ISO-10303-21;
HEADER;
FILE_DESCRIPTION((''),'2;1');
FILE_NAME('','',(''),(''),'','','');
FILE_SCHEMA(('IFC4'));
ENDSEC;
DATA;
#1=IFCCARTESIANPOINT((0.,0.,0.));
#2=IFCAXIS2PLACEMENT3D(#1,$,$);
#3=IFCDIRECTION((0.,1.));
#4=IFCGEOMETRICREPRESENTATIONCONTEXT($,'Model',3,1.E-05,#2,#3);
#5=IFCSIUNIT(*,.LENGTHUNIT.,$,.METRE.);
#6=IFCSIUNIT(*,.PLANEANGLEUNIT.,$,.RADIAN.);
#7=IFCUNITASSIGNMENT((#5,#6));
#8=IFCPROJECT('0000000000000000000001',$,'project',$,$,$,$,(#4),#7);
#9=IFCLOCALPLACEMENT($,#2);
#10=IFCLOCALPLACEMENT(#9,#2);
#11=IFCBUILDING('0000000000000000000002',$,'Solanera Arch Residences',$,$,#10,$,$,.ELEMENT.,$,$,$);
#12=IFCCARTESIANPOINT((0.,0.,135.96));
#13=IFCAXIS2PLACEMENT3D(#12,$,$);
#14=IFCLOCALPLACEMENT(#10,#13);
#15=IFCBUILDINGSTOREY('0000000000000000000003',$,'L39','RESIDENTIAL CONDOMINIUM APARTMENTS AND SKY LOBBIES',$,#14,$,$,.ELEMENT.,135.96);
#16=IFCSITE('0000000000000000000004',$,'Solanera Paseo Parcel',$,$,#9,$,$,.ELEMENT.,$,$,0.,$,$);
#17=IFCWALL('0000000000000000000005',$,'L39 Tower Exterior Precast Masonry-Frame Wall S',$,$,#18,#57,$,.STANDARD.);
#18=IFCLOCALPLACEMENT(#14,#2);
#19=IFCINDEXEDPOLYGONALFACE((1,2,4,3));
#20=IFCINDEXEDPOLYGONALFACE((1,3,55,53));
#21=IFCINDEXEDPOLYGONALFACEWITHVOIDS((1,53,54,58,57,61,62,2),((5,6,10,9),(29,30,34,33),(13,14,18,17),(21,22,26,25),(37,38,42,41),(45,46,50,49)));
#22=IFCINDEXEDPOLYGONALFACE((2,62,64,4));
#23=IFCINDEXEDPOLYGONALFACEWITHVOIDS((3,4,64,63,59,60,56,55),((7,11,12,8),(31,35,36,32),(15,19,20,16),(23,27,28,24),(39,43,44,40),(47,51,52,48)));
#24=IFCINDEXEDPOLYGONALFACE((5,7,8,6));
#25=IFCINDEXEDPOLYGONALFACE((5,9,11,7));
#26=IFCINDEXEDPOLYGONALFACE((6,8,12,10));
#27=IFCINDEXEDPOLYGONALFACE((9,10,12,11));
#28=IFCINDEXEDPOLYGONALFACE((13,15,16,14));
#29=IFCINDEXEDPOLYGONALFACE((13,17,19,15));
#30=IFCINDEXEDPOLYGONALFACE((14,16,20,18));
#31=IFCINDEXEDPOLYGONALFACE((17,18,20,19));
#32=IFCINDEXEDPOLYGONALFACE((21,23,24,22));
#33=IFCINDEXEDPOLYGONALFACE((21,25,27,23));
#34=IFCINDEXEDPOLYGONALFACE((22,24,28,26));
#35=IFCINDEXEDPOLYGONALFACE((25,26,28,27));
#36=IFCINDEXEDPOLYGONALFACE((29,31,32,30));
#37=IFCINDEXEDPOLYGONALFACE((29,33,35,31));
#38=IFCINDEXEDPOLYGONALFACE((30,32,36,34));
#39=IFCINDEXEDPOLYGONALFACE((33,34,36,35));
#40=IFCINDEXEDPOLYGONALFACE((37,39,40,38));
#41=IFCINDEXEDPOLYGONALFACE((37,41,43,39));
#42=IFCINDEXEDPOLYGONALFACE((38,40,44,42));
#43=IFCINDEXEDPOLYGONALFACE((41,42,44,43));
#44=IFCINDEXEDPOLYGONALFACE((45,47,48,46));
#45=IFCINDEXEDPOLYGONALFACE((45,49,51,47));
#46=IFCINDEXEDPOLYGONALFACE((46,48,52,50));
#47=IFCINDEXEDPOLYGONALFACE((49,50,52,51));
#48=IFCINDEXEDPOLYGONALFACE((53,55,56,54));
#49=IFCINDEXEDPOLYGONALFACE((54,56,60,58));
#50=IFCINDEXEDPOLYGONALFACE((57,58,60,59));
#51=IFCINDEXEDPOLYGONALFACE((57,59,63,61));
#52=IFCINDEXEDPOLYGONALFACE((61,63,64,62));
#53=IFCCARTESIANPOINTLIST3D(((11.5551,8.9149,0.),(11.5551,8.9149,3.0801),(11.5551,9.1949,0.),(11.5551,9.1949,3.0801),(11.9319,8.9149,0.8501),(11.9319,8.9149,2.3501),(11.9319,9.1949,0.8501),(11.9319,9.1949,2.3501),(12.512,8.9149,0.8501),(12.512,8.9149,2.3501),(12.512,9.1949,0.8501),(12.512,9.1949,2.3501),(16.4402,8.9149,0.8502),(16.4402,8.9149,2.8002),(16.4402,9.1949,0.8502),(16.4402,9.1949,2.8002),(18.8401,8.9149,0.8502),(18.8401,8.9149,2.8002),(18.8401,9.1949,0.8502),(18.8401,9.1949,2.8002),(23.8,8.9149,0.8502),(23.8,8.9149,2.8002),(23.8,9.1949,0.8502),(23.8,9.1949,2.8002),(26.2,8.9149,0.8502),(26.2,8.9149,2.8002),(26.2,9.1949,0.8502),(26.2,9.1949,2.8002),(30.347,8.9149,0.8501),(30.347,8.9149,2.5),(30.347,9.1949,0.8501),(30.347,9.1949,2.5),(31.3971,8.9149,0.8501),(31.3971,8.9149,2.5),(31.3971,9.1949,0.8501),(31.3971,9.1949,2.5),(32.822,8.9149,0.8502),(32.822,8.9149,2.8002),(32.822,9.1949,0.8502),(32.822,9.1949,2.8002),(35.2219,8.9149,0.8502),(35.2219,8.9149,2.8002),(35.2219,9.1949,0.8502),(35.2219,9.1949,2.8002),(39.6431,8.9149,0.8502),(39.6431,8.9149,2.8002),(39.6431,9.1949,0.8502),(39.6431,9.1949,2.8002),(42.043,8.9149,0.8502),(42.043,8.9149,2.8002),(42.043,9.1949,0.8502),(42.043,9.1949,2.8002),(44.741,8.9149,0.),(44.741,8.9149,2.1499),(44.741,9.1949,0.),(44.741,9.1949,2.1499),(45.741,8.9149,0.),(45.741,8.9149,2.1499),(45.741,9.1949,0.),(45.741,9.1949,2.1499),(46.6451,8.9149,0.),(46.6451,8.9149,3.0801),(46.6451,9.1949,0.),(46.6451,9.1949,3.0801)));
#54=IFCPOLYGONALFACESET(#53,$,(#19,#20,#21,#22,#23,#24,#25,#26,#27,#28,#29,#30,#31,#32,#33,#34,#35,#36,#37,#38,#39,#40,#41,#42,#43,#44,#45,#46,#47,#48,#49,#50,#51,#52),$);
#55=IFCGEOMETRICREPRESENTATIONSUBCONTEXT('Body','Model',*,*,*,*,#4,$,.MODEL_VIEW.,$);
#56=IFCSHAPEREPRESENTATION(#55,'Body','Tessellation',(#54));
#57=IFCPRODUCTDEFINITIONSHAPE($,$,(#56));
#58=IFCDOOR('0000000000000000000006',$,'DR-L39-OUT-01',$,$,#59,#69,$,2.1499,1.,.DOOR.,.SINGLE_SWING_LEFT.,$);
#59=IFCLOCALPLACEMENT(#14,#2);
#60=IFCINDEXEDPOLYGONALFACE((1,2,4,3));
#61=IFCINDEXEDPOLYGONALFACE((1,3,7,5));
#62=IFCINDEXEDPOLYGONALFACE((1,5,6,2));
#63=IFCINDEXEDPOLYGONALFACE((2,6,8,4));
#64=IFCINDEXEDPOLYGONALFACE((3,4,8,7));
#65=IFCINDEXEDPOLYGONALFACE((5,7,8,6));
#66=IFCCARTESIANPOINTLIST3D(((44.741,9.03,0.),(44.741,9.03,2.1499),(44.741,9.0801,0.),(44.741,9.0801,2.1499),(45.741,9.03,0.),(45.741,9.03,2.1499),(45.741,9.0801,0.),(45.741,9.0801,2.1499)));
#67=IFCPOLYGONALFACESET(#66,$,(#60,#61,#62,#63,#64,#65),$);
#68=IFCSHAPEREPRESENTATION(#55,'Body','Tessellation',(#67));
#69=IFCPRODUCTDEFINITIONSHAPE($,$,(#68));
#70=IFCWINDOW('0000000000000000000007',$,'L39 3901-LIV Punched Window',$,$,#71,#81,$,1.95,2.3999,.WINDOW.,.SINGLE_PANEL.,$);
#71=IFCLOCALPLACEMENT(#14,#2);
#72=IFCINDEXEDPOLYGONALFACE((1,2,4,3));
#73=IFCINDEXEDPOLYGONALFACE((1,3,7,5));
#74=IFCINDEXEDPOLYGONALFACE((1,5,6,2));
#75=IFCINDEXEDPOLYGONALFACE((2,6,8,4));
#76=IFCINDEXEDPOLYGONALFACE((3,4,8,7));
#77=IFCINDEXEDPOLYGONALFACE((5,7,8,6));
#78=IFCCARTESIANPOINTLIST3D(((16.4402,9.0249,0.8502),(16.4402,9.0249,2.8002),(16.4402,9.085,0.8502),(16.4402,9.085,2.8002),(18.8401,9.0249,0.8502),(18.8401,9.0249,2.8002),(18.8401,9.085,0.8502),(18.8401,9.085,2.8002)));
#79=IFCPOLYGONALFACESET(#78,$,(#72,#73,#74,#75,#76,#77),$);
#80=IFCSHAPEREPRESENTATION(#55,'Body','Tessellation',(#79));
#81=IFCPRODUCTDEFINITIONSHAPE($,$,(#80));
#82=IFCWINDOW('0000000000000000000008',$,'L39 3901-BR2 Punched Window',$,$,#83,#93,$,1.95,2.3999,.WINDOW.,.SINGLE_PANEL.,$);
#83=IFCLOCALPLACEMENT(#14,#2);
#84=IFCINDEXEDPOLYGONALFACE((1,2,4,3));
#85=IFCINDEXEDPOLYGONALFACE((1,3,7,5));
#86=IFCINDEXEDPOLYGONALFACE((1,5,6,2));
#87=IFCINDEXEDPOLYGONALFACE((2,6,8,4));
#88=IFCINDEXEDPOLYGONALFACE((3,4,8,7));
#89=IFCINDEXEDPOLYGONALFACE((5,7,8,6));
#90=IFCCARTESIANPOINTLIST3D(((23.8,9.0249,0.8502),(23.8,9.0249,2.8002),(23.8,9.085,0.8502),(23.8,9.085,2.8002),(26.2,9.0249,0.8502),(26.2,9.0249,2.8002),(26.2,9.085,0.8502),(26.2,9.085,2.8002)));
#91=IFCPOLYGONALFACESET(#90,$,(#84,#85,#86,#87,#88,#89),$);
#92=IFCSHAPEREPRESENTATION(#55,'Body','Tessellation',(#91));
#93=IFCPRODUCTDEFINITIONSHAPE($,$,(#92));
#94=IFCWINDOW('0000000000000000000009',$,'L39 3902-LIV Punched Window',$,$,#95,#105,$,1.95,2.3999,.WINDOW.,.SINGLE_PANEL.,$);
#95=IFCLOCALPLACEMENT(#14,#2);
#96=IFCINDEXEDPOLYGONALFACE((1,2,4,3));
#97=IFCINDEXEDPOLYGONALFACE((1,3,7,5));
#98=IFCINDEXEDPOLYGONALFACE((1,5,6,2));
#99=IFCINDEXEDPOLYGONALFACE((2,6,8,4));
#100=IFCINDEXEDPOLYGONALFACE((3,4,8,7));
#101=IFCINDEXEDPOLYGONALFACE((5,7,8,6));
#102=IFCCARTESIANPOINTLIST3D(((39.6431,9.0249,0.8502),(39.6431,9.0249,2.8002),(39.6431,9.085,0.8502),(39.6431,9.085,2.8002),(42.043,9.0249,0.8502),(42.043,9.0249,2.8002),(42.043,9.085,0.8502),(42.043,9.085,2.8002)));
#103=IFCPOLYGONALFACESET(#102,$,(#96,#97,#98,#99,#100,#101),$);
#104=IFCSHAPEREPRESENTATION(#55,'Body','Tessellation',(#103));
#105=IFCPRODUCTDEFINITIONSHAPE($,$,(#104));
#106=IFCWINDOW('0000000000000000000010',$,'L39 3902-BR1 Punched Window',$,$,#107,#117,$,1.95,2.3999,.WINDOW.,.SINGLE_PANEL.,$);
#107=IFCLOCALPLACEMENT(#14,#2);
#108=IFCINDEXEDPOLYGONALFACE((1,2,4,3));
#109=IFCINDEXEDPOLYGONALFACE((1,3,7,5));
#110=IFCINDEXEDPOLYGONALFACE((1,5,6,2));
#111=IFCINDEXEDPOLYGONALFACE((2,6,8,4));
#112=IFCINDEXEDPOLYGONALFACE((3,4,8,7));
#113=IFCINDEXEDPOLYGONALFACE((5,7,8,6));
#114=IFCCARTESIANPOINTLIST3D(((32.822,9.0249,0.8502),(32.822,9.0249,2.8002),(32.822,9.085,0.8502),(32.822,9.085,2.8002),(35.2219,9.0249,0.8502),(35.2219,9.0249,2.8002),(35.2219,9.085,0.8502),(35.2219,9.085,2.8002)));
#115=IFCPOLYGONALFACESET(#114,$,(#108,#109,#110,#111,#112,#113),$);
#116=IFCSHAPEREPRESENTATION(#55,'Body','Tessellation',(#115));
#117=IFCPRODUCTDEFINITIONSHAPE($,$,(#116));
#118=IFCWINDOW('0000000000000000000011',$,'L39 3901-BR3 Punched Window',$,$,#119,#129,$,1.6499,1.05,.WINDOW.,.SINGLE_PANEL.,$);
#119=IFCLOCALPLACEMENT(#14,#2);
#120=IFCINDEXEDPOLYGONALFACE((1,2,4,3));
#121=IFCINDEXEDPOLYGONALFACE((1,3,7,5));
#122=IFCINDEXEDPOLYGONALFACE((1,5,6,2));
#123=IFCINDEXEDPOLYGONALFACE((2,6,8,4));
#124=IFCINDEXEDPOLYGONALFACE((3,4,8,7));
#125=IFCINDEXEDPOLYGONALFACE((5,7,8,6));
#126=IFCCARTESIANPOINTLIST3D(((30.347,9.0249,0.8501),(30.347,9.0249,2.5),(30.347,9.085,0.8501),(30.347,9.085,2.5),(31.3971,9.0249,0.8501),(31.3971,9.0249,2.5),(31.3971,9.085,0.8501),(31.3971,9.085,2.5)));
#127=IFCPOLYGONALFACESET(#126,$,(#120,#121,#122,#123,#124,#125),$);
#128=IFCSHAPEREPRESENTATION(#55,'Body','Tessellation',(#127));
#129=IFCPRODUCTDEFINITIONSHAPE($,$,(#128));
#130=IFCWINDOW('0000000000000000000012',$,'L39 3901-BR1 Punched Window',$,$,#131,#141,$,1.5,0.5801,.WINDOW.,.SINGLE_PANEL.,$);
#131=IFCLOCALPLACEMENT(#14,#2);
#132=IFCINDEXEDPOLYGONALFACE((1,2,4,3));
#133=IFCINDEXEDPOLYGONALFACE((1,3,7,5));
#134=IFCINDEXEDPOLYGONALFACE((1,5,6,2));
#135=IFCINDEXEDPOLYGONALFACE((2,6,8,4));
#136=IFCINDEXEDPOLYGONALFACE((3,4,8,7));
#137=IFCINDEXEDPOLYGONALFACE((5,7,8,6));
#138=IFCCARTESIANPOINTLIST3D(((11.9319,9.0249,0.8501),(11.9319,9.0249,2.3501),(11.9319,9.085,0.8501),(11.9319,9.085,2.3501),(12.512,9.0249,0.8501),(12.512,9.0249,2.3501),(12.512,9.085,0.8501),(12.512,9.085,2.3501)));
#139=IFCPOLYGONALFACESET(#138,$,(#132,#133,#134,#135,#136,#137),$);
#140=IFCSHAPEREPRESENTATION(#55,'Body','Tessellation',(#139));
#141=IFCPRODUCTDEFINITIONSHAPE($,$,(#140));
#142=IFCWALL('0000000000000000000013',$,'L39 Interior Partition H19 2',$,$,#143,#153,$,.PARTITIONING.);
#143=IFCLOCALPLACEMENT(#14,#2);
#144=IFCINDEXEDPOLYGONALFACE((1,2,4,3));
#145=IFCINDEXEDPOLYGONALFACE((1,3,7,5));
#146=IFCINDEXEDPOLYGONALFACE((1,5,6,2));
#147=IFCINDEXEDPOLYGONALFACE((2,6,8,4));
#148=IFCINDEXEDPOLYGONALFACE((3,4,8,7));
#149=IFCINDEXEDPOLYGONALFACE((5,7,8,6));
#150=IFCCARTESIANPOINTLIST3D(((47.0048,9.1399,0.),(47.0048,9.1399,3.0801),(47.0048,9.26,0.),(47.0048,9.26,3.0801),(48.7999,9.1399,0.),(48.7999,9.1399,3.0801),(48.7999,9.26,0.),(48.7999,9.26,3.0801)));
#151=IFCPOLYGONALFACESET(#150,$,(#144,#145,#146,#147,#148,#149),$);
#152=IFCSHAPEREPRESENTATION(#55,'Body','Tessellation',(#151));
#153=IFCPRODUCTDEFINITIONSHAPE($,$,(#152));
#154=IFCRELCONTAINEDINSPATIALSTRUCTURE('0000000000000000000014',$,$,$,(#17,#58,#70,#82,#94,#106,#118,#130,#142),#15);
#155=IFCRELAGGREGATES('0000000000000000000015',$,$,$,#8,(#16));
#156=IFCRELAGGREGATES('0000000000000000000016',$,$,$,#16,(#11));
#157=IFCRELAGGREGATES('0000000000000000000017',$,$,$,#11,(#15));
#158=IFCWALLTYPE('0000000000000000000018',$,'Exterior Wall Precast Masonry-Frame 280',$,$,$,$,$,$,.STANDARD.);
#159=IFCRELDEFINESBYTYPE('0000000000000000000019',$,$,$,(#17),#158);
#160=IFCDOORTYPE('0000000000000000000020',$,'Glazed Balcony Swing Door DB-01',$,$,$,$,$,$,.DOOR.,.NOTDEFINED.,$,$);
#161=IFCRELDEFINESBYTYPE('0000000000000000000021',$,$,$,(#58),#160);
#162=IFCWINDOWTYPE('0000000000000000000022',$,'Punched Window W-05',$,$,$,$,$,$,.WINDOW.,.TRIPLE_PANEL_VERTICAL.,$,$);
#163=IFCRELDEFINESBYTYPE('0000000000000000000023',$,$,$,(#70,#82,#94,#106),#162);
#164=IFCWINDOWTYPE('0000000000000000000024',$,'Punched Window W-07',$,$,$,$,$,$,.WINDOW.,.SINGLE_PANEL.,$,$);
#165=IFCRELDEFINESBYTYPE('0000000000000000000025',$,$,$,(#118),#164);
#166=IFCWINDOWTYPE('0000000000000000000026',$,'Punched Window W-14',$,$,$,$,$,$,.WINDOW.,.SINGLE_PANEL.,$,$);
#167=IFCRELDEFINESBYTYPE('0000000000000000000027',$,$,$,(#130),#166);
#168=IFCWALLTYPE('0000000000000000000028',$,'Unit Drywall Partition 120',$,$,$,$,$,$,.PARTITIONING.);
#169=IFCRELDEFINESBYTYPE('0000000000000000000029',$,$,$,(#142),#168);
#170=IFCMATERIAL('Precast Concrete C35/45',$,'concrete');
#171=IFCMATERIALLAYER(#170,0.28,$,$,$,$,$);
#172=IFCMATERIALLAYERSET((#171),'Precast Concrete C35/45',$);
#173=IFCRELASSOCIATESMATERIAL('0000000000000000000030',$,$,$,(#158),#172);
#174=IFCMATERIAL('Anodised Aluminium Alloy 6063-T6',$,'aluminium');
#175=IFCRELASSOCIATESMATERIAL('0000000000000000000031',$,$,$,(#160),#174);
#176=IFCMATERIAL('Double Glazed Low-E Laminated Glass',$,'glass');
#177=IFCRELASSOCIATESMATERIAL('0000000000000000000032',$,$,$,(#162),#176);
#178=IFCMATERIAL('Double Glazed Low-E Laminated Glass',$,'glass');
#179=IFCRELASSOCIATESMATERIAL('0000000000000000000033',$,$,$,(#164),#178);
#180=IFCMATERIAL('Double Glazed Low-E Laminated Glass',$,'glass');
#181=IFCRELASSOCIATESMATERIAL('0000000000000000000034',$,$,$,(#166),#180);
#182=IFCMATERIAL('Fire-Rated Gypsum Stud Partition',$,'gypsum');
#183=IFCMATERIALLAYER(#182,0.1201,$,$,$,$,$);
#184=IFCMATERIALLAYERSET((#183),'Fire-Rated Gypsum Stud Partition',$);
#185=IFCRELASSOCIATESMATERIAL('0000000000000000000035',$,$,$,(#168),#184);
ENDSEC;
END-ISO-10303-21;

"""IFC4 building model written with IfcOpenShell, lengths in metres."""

from ifc_helpers import new_model, si_unit, direction, frame, frame_2d, origin, place, context, subcontext, project, spatial, rectangle, extrude, material, layer, layer_set, type_object, element, fill, save


model = new_model("IFC4")

# Units and contexts
model_context = context("Model", 3, precision=1e-05, world=origin(), true_north=direction((0.0, 1.0)))
body_context = subcontext(model_context, "Body", "Model", "MODEL_VIEW")
ifc_project = project(units=[si_unit("LENGTHUNIT", "METRE"), si_unit("PLANEANGLEUNIT", "RADIAN")], contexts=[model_context])

# Site, building, storey
site_placement = place(None, origin())
site = spatial("IfcSite", under=ifc_project, at=site_placement, Name="Solanera Paseo Parcel", CompositionType="ELEMENT", RefElevation=0.0)
building_placement = place(site_placement, origin())
building = spatial("IfcBuilding", under=site, at=building_placement, Name="Solanera Arch Residences", CompositionType="ELEMENT")
storey_placement = place(building_placement, frame((0.0, 0.0, 135.96)))
storey = spatial("IfcBuildingStorey", under=building, at=storey_placement, Name="L39", Description="RESIDENTIAL CONDOMINIUM APARTMENTS AND SKY LOBBIES", CompositionType="ELEMENT", Elevation=135.96)

# Shared definitions
ifc_material_1 = material(Name="Precast Concrete C35/45", Category="concrete")
ifc_layer_1 = layer(ifc_material_1, 0.28)
ifc_layer_set_1 = layer_set([ifc_layer_1], Name="Precast Concrete C35/45")
wall_type_1 = type_object("IfcWallType", Name="Exterior Wall Precast Masonry-Frame 280", PredefinedType="STANDARD", material=ifc_layer_set_1)

# Wall, openings, door, windows
wall_1_placement = place(storey_placement, frame((46.645, 9.0549, 0.0), z_axis=(0.0, 0.0, 1.0), x_axis=(-1.0, 0.0, 0.0)))
wall_1 = element("IfcWall", 1, at=wall_1_placement, inside=storey, type_object=wall_type_1, Name="L39 Tower Exterior Precast Masonry-Frame Wall S", PredefinedType="STANDARD", context=body_context, shape_type="SweptSolid", body=[
    extrude(rectangle(XDim=35.0901, YDim=0.28, at=frame_2d((17.5449, 0.0))), origin(), (0.0, 0.0, 1.0), 3.0801),
])
opening_1_placement = place(wall_1_placement, frame((0.9041, 0.0, 0.0)))
opening_1 = element("IfcOpeningElement", 2, at=opening_1_placement, cuts=wall_1, PredefinedType="OPENING", context=body_context, shape_type="SweptSolid", body=[
    extrude(rectangle(XDim=1.0, YDim=2.1499, at=frame_2d((0.5, 1.075))), frame((0.0, 0.1499, 0.0), z_axis=(0.0, -1.0, 0.0), x_axis=(1.0, 0.0, 0.0)), (0.0, 0.0, 1.0), 0.3),
])
opening_2_placement = place(wall_1_placement, frame((27.8049, 0.0, 0.8501)))
opening_2 = element("IfcOpeningElement", 3, at=opening_2_placement, cuts=wall_1, PredefinedType="OPENING", context=body_context, shape_type="SweptSolid", body=[
    extrude(rectangle(XDim=2.3999, YDim=1.95, at=frame_2d((1.2, 0.9751))), frame((0.0, 0.1499, 0.0), z_axis=(0.0, -1.0, 0.0), x_axis=(1.0, 0.0, 0.0)), (0.0, 0.0, 1.0), 0.3),
])
opening_3_placement = place(wall_1_placement, frame((34.1331, 0.0, 0.8501)))
opening_3 = element("IfcOpeningElement", 4, at=opening_3_placement, cuts=wall_1, PredefinedType="OPENING", context=body_context, shape_type="SweptSolid", body=[
    extrude(rectangle(XDim=0.5801, YDim=1.5, at=frame_2d((0.29, 0.75))), frame((0.0, 0.1499, 0.0), z_axis=(0.0, -1.0, 0.0), x_axis=(1.0, 0.0, 0.0)), (0.0, 0.0, 1.0), 0.3),
])
opening_4_placement = place(wall_1_placement, frame((20.4451, 0.0, 0.8501)))
opening_4 = element("IfcOpeningElement", 5, at=opening_4_placement, cuts=wall_1, PredefinedType="OPENING", context=body_context, shape_type="SweptSolid", body=[
    extrude(rectangle(XDim=2.3999, YDim=1.95, at=frame_2d((1.2, 0.9751))), frame((0.0, 0.1499, 0.0), z_axis=(0.0, -1.0, 0.0), x_axis=(1.0, 0.0, 0.0)), (0.0, 0.0, 1.0), 0.3),
])
opening_5_placement = place(wall_1_placement, frame((15.248, 0.0, 0.8501)))
opening_5 = element("IfcOpeningElement", 6, at=opening_5_placement, cuts=wall_1, PredefinedType="OPENING", context=body_context, shape_type="SweptSolid", body=[
    extrude(rectangle(XDim=1.05, YDim=1.6499, at=frame_2d((0.5249, 0.825))), frame((0.0, 0.1499, 0.0), z_axis=(0.0, -1.0, 0.0), x_axis=(1.0, 0.0, 0.0)), (0.0, 0.0, 1.0), 0.3),
])
opening_6_placement = place(wall_1_placement, frame((4.6021, 0.0, 0.8501)))
opening_6 = element("IfcOpeningElement", 7, at=opening_6_placement, cuts=wall_1, PredefinedType="OPENING", context=body_context, shape_type="SweptSolid", body=[
    extrude(rectangle(XDim=2.3999, YDim=1.95, at=frame_2d((1.2, 0.9751))), frame((0.0, 0.1499, 0.0), z_axis=(0.0, -1.0, 0.0), x_axis=(1.0, 0.0, 0.0)), (0.0, 0.0, 1.0), 0.3),
])
opening_7_placement = place(wall_1_placement, frame((11.4231, 0.0, 0.8501)))
opening_7 = element("IfcOpeningElement", 8, at=opening_7_placement, cuts=wall_1, PredefinedType="OPENING", context=body_context, shape_type="SweptSolid", body=[
    extrude(rectangle(XDim=2.3999, YDim=1.95, at=frame_2d((1.2, 0.9751))), frame((0.0, 0.1499, 0.0), z_axis=(0.0, -1.0, 0.0), x_axis=(1.0, 0.0, 0.0)), (0.0, 0.0, 1.0), 0.3),
])
ifc_material_2 = material(Name="Anodised Aluminium Alloy 6063-T6", Category="aluminium")
door_type_1 = type_object("IfcDoorType", Name="Glazed Balcony Swing Door DB-01", OperationType="NOTDEFINED", PredefinedType="DOOR", material=ifc_material_2)
door_1_placement = place(opening_1_placement, origin())
door_1 = element("IfcDoor", 9, at=door_1_placement, inside=storey, type_object=door_type_1, Name="DR-L39-OUT-01", OperationType="SINGLE_SWING_LEFT", OverallHeight=2.1499, OverallWidth=1.0, PredefinedType="DOOR", context=body_context, shape_type="SweptSolid", body=[
    extrude(rectangle(XDim=1.0, YDim=2.1499, at=frame_2d((0.5, 1.075))), frame((0.0, 0.0249, 0.0), z_axis=(0.0, -1.0, 0.0), x_axis=(1.0, 0.0, 0.0)), (0.0, 0.0, 1.0), 0.05),
])
fill(opening_1, door_1)
ifc_material_3 = material(Name="Double Glazed Low-E Laminated Glass", Category="glass")
window_type_1 = type_object("IfcWindowType", Name="Punched Window W-05", PartitioningType="TRIPLE_PANEL_VERTICAL", PredefinedType="WINDOW", material=ifc_material_3)
window_1_placement = place(opening_2_placement, origin())
window_1 = element("IfcWindow", 10, at=window_1_placement, inside=storey, type_object=window_type_1, Name="L39 3901-LIV Punched Window", OverallHeight=1.95, OverallWidth=2.3999, PartitioningType="SINGLE_PANEL", PredefinedType="WINDOW", context=body_context, shape_type="SweptSolid", body=[
    extrude(rectangle(XDim=2.3999, YDim=1.95, at=frame_2d((1.2, 0.9751))), frame((0.0, 0.03, 0.0), z_axis=(0.0, -1.0, 0.0), x_axis=(1.0, 0.0, 0.0)), (0.0, 0.0, 1.0), 0.0601),
])
fill(opening_2, window_1)
window_2_placement = place(opening_4_placement, origin())
window_2 = element("IfcWindow", 11, at=window_2_placement, inside=storey, type_object=window_type_1, Name="L39 3901-BR2 Punched Window", OverallHeight=1.95, OverallWidth=2.3999, PartitioningType="SINGLE_PANEL", PredefinedType="WINDOW", context=body_context, shape_type="SweptSolid", body=[
    extrude(rectangle(XDim=2.3999, YDim=1.95, at=frame_2d((1.2, 0.9751))), frame((0.0, 0.03, 0.0), z_axis=(0.0, -1.0, 0.0), x_axis=(1.0, 0.0, 0.0)), (0.0, 0.0, 1.0), 0.0601),
])
fill(opening_4, window_2)
window_3_placement = place(opening_6_placement, origin())
window_3 = element("IfcWindow", 12, at=window_3_placement, inside=storey, type_object=window_type_1, Name="L39 3902-LIV Punched Window", OverallHeight=1.95, OverallWidth=2.3999, PartitioningType="SINGLE_PANEL", PredefinedType="WINDOW", context=body_context, shape_type="SweptSolid", body=[
    extrude(rectangle(XDim=2.3999, YDim=1.95, at=frame_2d((1.2, 0.9751))), frame((0.0, 0.03, 0.0), z_axis=(0.0, -1.0, 0.0), x_axis=(1.0, 0.0, 0.0)), (0.0, 0.0, 1.0), 0.0601),
])
fill(opening_6, window_3)
window_4_placement = place(opening_7_placement, origin())
window_4 = element("IfcWindow", 13, at=window_4_placement, inside=storey, type_object=window_type_1, Name="L39 3902-BR1 Punched Window", OverallHeight=1.95, OverallWidth=2.3999, PartitioningType="SINGLE_PANEL", PredefinedType="WINDOW", context=body_context, shape_type="SweptSolid", body=[
    extrude(rectangle(XDim=2.3999, YDim=1.95, at=frame_2d((1.2, 0.9751))), frame((0.0, 0.03, 0.0), z_axis=(0.0, -1.0, 0.0), x_axis=(1.0, 0.0, 0.0)), (0.0, 0.0, 1.0), 0.0601),
])
fill(opening_7, window_4)
ifc_material_4 = material(Name="Double Glazed Low-E Laminated Glass", Category="glass")
window_type_2 = type_object("IfcWindowType", Name="Punched Window W-07", PartitioningType="SINGLE_PANEL", PredefinedType="WINDOW", material=ifc_material_4)
window_5_placement = place(opening_5_placement, origin())
window_5 = element("IfcWindow", 14, at=window_5_placement, inside=storey, type_object=window_type_2, Name="L39 3901-BR3 Punched Window", OverallHeight=1.6499, OverallWidth=1.05, PartitioningType="SINGLE_PANEL", PredefinedType="WINDOW", context=body_context, shape_type="SweptSolid", body=[
    extrude(rectangle(XDim=1.05, YDim=1.6499, at=frame_2d((0.5249, 0.825))), frame((0.0, 0.03, 0.0), z_axis=(0.0, -1.0, 0.0), x_axis=(1.0, 0.0, 0.0)), (0.0, 0.0, 1.0), 0.0601),
])
fill(opening_5, window_5)
ifc_material_5 = material(Name="Double Glazed Low-E Laminated Glass", Category="glass")
window_type_3 = type_object("IfcWindowType", Name="Punched Window W-14", PartitioningType="SINGLE_PANEL", PredefinedType="WINDOW", material=ifc_material_5)
window_6_placement = place(opening_3_placement, origin())
window_6 = element("IfcWindow", 15, at=window_6_placement, inside=storey, type_object=window_type_3, Name="L39 3901-BR1 Punched Window", OverallHeight=1.5, OverallWidth=0.5801, PartitioningType="SINGLE_PANEL", PredefinedType="WINDOW", context=body_context, shape_type="SweptSolid", body=[
    extrude(rectangle(XDim=0.5801, YDim=1.5, at=frame_2d((0.29, 0.75))), frame((0.0, 0.03, 0.0), z_axis=(0.0, -1.0, 0.0), x_axis=(1.0, 0.0, 0.0)), (0.0, 0.0, 1.0), 0.0601),
])
fill(opening_3, window_6)

# Wall
ifc_material_6 = material(Name="Fire-Rated Gypsum Stud Partition", Category="gypsum")
ifc_layer_2 = layer(ifc_material_6, 0.1201)
ifc_layer_set_2 = layer_set([ifc_layer_2], Name="Fire-Rated Gypsum Stud Partition")
wall_type_2 = type_object("IfcWallType", Name="Unit Drywall Partition 120", PredefinedType="PARTITIONING", material=ifc_layer_set_2)
wall_2_placement = place(storey_placement, frame((47.0049, 9.2, 0.0), z_axis=(0.0, 0.0, 1.0), x_axis=(1.0, 0.0, 0.0)))
element("IfcWall", 16, at=wall_2_placement, inside=storey, type_object=wall_type_2, Name="L39 Interior Partition H19 2", PredefinedType="PARTITIONING", context=body_context, shape_type="SweptSolid", body=[
    extrude(rectangle(XDim=1.7952, YDim=0.1201, at=frame_2d((0.8975, 0.0))), origin(), (0.0, 0.0, 1.0), 3.0801),
])

save(model, "model.ifc")
